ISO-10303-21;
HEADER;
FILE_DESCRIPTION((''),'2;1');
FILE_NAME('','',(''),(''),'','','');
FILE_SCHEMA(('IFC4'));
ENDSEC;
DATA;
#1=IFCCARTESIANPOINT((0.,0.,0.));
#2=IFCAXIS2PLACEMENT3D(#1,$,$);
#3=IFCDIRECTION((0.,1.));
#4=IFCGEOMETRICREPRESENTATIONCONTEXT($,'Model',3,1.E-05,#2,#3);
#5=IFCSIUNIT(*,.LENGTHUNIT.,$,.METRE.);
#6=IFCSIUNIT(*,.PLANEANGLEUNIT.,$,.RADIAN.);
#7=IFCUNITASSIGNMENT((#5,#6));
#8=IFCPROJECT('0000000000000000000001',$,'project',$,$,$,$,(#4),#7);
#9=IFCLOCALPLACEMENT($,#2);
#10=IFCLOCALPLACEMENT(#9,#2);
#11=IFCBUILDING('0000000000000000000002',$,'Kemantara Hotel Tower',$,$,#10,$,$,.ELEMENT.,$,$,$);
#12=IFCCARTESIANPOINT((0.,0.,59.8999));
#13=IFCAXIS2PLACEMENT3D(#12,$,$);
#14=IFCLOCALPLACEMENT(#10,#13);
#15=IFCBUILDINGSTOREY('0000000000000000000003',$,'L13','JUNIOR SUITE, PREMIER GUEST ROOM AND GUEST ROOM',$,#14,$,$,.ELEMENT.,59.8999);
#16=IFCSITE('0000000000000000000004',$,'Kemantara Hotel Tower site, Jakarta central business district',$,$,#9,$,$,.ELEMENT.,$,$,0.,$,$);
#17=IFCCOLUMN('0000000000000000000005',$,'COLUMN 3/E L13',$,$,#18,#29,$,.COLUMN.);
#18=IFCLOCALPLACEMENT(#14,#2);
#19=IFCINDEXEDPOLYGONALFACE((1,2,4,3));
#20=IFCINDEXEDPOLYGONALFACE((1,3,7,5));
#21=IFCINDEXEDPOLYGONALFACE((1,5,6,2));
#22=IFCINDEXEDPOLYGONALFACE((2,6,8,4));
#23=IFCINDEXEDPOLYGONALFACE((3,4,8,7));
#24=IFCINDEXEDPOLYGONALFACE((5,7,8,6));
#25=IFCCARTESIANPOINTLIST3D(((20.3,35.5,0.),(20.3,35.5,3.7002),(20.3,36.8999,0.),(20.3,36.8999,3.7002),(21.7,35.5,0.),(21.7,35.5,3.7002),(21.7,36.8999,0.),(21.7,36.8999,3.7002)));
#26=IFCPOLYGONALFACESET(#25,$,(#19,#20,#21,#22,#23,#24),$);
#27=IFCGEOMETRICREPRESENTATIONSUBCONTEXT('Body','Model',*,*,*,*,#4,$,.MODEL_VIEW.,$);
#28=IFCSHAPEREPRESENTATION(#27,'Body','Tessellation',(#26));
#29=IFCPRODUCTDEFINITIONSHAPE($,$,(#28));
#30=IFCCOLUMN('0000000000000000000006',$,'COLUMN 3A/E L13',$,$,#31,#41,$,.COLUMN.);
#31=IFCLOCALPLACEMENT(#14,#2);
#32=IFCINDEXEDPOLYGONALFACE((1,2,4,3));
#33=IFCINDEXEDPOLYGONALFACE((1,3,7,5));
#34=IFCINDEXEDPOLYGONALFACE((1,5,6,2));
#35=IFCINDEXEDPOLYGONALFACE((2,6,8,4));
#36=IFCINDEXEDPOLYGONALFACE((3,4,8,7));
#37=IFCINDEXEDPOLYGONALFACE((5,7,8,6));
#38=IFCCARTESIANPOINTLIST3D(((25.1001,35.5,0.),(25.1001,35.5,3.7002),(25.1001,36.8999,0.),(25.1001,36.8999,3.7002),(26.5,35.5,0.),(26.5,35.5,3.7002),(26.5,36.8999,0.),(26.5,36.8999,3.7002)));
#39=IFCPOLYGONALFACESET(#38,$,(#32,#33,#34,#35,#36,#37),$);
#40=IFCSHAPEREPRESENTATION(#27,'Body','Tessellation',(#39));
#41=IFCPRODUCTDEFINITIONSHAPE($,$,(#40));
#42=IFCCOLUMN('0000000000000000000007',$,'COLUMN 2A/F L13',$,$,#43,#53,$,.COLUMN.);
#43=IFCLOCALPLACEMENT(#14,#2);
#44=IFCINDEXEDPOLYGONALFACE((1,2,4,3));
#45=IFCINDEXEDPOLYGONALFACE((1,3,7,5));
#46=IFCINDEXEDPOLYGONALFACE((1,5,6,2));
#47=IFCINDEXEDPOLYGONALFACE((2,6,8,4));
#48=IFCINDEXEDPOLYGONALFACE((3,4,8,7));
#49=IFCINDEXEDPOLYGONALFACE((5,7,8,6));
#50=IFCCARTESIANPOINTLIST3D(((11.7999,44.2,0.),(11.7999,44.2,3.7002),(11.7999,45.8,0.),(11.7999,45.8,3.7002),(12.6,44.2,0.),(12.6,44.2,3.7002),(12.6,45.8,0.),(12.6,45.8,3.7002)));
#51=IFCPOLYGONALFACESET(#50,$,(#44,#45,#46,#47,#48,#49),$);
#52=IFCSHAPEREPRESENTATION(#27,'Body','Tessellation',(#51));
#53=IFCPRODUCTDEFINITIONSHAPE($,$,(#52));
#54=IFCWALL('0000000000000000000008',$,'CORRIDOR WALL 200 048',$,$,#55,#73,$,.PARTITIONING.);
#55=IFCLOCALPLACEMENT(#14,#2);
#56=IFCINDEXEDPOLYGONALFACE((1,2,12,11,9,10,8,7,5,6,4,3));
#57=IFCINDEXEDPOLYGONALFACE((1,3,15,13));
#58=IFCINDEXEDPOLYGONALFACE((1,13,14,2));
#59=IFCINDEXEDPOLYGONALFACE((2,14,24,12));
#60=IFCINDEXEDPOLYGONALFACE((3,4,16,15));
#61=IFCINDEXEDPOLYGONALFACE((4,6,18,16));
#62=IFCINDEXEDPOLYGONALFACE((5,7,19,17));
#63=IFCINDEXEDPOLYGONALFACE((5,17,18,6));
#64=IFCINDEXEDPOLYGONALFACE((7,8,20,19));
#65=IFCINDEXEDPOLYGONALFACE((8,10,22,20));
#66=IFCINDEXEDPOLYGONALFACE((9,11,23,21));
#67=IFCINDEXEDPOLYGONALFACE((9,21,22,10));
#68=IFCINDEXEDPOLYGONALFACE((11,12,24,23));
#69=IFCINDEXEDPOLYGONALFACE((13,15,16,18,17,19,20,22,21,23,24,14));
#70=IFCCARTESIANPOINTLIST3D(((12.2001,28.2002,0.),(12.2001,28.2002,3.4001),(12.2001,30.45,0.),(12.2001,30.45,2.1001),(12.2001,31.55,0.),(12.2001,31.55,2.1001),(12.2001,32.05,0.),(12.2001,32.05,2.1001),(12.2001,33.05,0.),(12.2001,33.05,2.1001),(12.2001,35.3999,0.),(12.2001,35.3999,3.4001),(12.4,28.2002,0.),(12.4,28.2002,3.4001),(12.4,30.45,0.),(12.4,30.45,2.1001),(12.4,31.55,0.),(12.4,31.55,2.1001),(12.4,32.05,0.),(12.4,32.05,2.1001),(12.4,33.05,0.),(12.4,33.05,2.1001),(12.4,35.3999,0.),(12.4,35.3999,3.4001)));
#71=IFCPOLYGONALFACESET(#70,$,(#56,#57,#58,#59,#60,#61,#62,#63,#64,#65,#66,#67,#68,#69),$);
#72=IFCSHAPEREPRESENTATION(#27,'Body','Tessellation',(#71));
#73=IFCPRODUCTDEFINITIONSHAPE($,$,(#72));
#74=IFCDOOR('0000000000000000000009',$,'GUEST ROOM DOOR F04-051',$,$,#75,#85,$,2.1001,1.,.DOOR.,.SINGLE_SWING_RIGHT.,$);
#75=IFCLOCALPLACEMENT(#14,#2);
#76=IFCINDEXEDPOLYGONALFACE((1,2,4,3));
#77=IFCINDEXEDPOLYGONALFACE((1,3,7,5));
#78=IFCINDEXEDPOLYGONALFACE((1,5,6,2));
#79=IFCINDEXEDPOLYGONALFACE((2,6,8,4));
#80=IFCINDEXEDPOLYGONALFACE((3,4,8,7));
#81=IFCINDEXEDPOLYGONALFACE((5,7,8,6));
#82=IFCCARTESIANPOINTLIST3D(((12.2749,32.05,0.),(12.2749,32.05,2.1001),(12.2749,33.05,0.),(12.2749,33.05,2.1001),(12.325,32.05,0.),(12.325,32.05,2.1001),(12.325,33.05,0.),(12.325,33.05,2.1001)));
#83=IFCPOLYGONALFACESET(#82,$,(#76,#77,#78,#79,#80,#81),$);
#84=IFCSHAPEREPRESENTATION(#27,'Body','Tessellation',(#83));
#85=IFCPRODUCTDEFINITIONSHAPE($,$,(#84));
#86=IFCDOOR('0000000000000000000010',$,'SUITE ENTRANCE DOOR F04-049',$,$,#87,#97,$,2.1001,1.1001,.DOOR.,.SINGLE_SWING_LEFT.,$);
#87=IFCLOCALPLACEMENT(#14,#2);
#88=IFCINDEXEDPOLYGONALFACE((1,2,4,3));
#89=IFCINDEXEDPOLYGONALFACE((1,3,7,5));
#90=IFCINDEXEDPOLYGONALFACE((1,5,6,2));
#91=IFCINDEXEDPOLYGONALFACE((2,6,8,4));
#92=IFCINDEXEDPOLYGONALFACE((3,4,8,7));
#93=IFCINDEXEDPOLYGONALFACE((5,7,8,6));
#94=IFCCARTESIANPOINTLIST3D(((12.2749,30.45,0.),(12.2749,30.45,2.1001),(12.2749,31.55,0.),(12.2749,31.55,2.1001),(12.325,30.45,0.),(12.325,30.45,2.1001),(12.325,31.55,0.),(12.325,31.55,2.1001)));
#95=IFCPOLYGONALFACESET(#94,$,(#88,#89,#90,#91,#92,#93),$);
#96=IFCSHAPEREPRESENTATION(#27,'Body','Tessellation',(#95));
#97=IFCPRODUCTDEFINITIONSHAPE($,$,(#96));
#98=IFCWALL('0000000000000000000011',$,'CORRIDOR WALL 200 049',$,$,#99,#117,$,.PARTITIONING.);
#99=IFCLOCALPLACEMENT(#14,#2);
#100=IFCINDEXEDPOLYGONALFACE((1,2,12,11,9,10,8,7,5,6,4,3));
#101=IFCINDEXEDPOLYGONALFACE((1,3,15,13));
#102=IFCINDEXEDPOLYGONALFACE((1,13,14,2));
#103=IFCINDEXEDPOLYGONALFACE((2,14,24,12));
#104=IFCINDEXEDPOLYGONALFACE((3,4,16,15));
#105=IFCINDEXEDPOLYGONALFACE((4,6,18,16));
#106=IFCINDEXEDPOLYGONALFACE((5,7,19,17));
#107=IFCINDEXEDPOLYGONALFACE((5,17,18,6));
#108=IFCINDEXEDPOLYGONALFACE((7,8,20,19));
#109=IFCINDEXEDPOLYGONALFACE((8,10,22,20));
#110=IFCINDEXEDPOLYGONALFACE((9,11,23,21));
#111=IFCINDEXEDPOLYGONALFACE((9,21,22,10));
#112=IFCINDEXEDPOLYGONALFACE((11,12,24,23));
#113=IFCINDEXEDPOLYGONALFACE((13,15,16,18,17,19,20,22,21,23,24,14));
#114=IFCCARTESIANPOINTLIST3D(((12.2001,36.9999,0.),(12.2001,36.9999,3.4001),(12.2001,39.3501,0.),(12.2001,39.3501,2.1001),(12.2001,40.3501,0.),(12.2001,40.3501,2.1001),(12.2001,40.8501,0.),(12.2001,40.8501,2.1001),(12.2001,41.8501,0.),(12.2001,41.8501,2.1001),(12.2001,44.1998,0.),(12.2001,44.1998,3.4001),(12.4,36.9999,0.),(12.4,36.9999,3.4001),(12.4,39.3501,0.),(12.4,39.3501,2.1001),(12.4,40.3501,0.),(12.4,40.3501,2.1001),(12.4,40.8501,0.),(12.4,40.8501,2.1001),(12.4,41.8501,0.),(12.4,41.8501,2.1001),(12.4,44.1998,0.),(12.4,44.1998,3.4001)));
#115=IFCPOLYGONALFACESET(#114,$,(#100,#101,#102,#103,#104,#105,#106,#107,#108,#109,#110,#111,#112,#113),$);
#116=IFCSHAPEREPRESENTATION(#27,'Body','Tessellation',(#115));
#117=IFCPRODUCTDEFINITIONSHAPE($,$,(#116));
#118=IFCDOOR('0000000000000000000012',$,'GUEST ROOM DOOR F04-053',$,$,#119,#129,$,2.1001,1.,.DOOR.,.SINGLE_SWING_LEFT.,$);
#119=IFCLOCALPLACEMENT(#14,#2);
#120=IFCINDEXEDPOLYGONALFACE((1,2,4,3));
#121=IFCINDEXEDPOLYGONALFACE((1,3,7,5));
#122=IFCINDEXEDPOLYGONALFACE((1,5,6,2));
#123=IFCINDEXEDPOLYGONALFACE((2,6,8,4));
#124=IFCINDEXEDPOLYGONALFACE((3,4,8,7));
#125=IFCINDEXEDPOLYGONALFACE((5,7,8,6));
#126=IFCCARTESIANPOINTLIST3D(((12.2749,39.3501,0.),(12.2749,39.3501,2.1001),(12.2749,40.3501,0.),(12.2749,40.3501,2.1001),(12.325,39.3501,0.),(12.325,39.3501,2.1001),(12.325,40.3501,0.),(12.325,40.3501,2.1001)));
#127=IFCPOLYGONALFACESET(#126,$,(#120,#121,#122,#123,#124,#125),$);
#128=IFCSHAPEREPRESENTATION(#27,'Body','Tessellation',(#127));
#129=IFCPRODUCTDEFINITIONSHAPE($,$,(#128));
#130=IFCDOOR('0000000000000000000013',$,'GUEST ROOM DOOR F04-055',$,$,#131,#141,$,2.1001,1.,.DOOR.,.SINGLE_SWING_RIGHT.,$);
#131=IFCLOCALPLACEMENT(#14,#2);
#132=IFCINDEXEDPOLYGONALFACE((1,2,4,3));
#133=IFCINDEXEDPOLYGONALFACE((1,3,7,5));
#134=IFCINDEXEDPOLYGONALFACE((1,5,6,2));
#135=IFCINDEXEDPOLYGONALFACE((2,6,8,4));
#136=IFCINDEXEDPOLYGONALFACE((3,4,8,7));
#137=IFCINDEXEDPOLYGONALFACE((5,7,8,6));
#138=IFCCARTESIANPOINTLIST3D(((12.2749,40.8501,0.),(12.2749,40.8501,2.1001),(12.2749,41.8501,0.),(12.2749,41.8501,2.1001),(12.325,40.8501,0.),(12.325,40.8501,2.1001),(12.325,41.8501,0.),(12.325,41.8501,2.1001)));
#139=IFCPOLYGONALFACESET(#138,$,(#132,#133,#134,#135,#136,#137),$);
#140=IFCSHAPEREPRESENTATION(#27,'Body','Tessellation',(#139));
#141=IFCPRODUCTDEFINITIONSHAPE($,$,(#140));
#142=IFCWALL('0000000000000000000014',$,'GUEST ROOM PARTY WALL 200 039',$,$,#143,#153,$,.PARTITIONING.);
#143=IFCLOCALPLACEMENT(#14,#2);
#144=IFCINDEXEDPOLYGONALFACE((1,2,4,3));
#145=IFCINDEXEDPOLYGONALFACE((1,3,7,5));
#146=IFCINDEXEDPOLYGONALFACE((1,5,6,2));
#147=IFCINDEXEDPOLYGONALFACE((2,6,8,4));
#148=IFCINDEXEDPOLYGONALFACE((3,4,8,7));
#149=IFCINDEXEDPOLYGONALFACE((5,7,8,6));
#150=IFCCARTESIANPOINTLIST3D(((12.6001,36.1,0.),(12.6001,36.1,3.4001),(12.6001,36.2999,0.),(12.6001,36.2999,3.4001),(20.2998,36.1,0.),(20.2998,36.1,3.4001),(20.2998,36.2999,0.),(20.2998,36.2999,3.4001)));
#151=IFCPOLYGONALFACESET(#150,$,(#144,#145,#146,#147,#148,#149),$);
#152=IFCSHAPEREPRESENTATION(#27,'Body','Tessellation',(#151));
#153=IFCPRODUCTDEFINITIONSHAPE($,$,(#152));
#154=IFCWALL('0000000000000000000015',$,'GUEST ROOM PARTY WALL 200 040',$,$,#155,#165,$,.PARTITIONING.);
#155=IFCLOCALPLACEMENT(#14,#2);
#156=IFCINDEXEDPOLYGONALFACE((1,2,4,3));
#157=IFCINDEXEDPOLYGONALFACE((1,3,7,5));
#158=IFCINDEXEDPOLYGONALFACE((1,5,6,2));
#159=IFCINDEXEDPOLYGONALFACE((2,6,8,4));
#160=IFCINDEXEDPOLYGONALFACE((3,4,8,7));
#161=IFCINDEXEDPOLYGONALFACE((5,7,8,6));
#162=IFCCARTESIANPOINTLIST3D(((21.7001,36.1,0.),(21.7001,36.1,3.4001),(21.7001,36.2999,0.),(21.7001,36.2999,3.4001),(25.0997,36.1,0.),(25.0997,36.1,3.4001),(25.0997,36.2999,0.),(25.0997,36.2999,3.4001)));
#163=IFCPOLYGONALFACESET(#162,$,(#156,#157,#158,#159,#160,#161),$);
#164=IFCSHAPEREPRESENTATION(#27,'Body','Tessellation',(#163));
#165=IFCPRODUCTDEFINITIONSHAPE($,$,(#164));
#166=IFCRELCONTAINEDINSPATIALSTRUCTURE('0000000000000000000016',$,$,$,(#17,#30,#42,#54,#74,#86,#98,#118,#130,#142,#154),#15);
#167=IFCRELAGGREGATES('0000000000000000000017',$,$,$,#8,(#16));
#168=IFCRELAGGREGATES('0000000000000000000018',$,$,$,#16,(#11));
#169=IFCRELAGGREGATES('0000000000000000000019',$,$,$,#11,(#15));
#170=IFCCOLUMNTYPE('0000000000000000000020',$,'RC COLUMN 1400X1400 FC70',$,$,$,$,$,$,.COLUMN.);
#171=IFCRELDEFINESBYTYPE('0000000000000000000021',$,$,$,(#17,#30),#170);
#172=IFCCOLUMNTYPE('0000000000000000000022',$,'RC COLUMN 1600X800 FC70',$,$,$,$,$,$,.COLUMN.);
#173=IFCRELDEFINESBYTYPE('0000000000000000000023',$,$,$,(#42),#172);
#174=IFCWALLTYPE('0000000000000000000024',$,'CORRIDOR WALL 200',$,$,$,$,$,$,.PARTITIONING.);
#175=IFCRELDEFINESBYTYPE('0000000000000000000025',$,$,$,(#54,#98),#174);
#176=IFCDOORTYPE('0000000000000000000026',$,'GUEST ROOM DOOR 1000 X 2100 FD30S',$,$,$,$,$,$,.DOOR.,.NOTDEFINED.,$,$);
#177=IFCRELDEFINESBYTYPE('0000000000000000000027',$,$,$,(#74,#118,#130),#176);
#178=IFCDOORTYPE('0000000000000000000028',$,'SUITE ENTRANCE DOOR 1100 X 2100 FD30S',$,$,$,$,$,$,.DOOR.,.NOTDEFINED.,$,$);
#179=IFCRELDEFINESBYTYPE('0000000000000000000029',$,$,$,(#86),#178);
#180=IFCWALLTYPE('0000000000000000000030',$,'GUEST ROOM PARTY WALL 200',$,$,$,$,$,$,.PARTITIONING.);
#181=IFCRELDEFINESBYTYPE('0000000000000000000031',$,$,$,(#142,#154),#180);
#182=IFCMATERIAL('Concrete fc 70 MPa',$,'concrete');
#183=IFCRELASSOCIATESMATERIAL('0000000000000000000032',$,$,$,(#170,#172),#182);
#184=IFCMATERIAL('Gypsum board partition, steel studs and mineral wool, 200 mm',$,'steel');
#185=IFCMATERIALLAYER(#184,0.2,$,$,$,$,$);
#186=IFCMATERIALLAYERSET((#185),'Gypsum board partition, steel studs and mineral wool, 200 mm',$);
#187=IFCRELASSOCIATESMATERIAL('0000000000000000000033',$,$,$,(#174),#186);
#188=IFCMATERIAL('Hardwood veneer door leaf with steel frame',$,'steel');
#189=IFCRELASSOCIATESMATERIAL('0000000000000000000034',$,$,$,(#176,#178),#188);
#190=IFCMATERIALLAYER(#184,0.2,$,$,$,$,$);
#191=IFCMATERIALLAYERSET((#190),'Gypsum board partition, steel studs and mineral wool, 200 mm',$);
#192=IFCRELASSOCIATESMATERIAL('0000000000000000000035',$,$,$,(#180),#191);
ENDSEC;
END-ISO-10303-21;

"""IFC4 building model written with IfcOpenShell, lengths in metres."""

from ifc_helpers import new_model, si_unit, direction, frame, frame_2d, origin, origin_2d, place, context, subcontext, project, spatial, rectangle, extrude, material, layer, layer_set, material_profile, profile_set, type_object, element, fill, save


model = new_model("IFC4")

# Units and contexts
model_context = context("Model", 3, precision=1e-05, world=origin(), true_north=direction((0.0, 1.0)))
body_context = subcontext(model_context, "Body", "Model", "MODEL_VIEW")
ifc_project = project(units=[si_unit("LENGTHUNIT", "METRE"), si_unit("PLANEANGLEUNIT", "RADIAN")], contexts=[model_context])

# Site, building, storey
site_placement = place(None, origin())
site = spatial("IfcSite", under=ifc_project, at=site_placement, Name="Kemantara Hotel Tower site, Jakarta central business district", CompositionType="ELEMENT", RefElevation=0.0)
building_placement = place(site_placement, origin())
building = spatial("IfcBuilding", under=site, at=building_placement, Name="Kemantara Hotel Tower", CompositionType="ELEMENT")
storey_placement = place(building_placement, frame((0.0, 0.0, 59.8999)))
storey = spatial("IfcBuildingStorey", under=building, at=storey_placement, Name="L13", Description="JUNIOR SUITE, PREMIER GUEST ROOM AND GUEST ROOM", CompositionType="ELEMENT", Elevation=59.8999)

# Columns
ifc_material_1 = material(Name="Concrete fc 70 MPa", Category="concrete")
ifc_material_profile_1 = material_profile(ifc_material_1, rectangle(XDim=1.3999, YDim=1.3999, at=origin_2d()), Name="RC 1400X1400")
ifc_profile_set_1 = profile_set([ifc_material_profile_1], Name="Concrete fc 70 MPa")
column_type_1 = type_object("IfcColumnType", Name="RC COLUMN 1400X1400 FC70", PredefinedType="COLUMN", material=ifc_profile_set_1)
for number, where, z_axis, x_axis, name in (
    (1, (21.0, 36.2, 0.0), (0.0, 0.0, 1.0), (1.0, 0.0, 0.0), "COLUMN 3/E L13"),
    (2, (25.8, 36.2, 0.0), (0.0, 0.0, 1.0), (1.0, 0.0, 0.0), "COLUMN 3A/E L13"),
):
    element("IfcColumn", number, at=place(storey_placement, frame(where, z_axis=z_axis, x_axis=x_axis)), inside=storey, type_object=column_type_1, Name=name, PredefinedType="COLUMN", context=body_context, shape_type="SweptSolid", body=[
        extrude(rectangle(XDim=1.3999, YDim=1.3999, at=origin_2d()), origin(), (0.0, 0.0, 1.0), 3.7002),
    ])
ifc_material_profile_2 = material_profile(ifc_material_1, rectangle(XDim=1.6001, YDim=0.8, at=origin_2d()), Name="RC 1600X800")
ifc_profile_set_2 = profile_set([ifc_material_profile_2], Name="Concrete fc 70 MPa")
column_type_2 = type_object("IfcColumnType", Name="RC COLUMN 1600X800 FC70", PredefinedType="COLUMN", material=ifc_profile_set_2)
column_placement = place(storey_placement, frame((12.2, 45.0, 0.0), z_axis=(0.0, 0.0, 1.0), x_axis=(0.0, 1.0, 0.0)))
element("IfcColumn", 3, at=column_placement, inside=storey, type_object=column_type_2, Name="COLUMN 2A/F L13", PredefinedType="COLUMN", context=body_context, shape_type="SweptSolid", body=[
    extrude(rectangle(XDim=1.6001, YDim=0.8, at=origin_2d()), origin(), (0.0, 0.0, 1.0), 3.7002),
])

# Walls, openings, doors
ifc_material_2 = material(Name="Gypsum board partition, steel studs and mineral wool, 200 mm", Category="steel")
ifc_layer_1 = layer(ifc_material_2, 0.2)
ifc_layer_set_1 = layer_set([ifc_layer_1], Name="Gypsum board partition, steel studs and mineral wool, 200 mm")
wall_type_1 = type_object("IfcWallType", Name="CORRIDOR WALL 200", PredefinedType="PARTITIONING", material=ifc_layer_set_1)
wall_1_placement = place(storey_placement, frame((12.3, 35.3999, 0.0), z_axis=(0.0, 0.0, 1.0), x_axis=(0.0, -1.0, 0.0)))
wall_1 = element("IfcWall", 4, at=wall_1_placement, inside=storey, type_object=wall_type_1, Name="CORRIDOR WALL 200 048", PredefinedType="PARTITIONING", context=body_context, shape_type="SweptSolid", body=[
    extrude(rectangle(XDim=7.1997, YDim=0.2, at=frame_2d((3.5999, 0.0))), origin(), (0.0, 0.0, 1.0), 3.4001),
])
opening_1_placement = place(wall_1_placement, frame((3.8499, 0.0, 0.0)))
opening_1 = element("IfcOpeningElement", 5, at=opening_1_placement, cuts=wall_1, PredefinedType="OPENING", context=body_context, shape_type="SweptSolid", body=[
    extrude(rectangle(XDim=1.1001, YDim=2.1001, at=frame_2d((0.55, 1.05))), frame((0.0, 0.1099, 0.0), z_axis=(0.0, -1.0, 0.0), x_axis=(1.0, 0.0, 0.0)), (0.0, 0.0, 1.0), 0.22),
])
opening_2_placement = place(wall_1_placement, frame((2.3499, 0.0, 0.0)))
opening_2 = element("IfcOpeningElement", 6, at=opening_2_placement, cuts=wall_1, PredefinedType="OPENING", context=body_context, shape_type="SweptSolid", body=[
    extrude(rectangle(XDim=1.0, YDim=2.1001, at=frame_2d((0.5, 1.05))), frame((0.0, 0.1099, 0.0), z_axis=(0.0, -1.0, 0.0), x_axis=(1.0, 0.0, 0.0)), (0.0, 0.0, 1.0), 0.22),
])
ifc_material_3 = material(Name="Hardwood veneer door leaf with steel frame", Category="steel")
door_type_1 = type_object("IfcDoorType", Name="GUEST ROOM DOOR 1000 X 2100 FD30S", OperationType="NOTDEFINED", PredefinedType="DOOR", material=ifc_material_3)
door_1_placement = place(opening_2_placement, origin())
door_1 = element("IfcDoor", 7, at=door_1_placement, inside=storey, type_object=door_type_1, Name="GUEST ROOM DOOR F04-051", OperationType="SINGLE_SWING_RIGHT", OverallHeight=2.1001, OverallWidth=1.0, PredefinedType="DOOR", context=body_context, shape_type="SweptSolid", body=[
    extrude(rectangle(XDim=1.0, YDim=2.1001, at=frame_2d((0.5, 1.05))), frame((0.0, 0.0249, 0.0), z_axis=(0.0, -1.0, 0.0), x_axis=(1.0, 0.0, 0.0)), (0.0, 0.0, 1.0), 0.05),
])
fill(opening_2, door_1)
door_type_2 = type_object("IfcDoorType", Name="SUITE ENTRANCE DOOR 1100 X 2100 FD30S", OperationType="NOTDEFINED", PredefinedType="DOOR", material=ifc_material_3)
door_2_placement = place(opening_1_placement, origin())
door_2 = element("IfcDoor", 8, at=door_2_placement, inside=storey, type_object=door_type_2, Name="SUITE ENTRANCE DOOR F04-049", OperationType="SINGLE_SWING_LEFT", OverallHeight=2.1001, OverallWidth=1.1001, PredefinedType="DOOR", context=body_context, shape_type="SweptSolid", body=[
    extrude(rectangle(XDim=1.1001, YDim=2.1001, at=frame_2d((0.55, 1.05))), frame((0.0, 0.0249, 0.0), z_axis=(0.0, -1.0, 0.0), x_axis=(1.0, 0.0, 0.0)), (0.0, 0.0, 1.0), 0.05),
])
fill(opening_1, door_2)
wall_2_placement = place(storey_placement, frame((12.3, 44.2, 0.0), z_axis=(0.0, 0.0, 1.0), x_axis=(0.0, -1.0, 0.0)))
wall_2 = element("IfcWall", 9, at=wall_2_placement, inside=storey, type_object=wall_type_1, Name="CORRIDOR WALL 200 049", PredefinedType="PARTITIONING", context=body_context, shape_type="SweptSolid", body=[
    extrude(rectangle(XDim=7.2, YDim=0.2, at=frame_2d((3.6001, 0.0))), origin(), (0.0, 0.0, 1.0), 3.4001),
])
opening_3_placement = place(wall_2_placement, frame((3.8499, 0.0, 0.0)))
opening_3 = element("IfcOpeningElement", 10, at=opening_3_placement, cuts=wall_2, PredefinedType="OPENING", context=body_context, shape_type="SweptSolid", body=[
    extrude(rectangle(XDim=1.0, YDim=2.1001, at=frame_2d((0.5, 1.05))), frame((0.0, 0.1099, 0.0), z_axis=(0.0, -1.0, 0.0), x_axis=(1.0, 0.0, 0.0)), (0.0, 0.0, 1.0), 0.22),
])
opening_4_placement = place(wall_2_placement, frame((2.3499, 0.0, 0.0)))
opening_4 = element("IfcOpeningElement", 11, at=opening_4_placement, cuts=wall_2, PredefinedType="OPENING", context=body_context, shape_type="SweptSolid", body=[
    extrude(rectangle(XDim=1.0, YDim=2.1001, at=frame_2d((0.5, 1.05))), frame((0.0, 0.1099, 0.0), z_axis=(0.0, -1.0, 0.0), x_axis=(1.0, 0.0, 0.0)), (0.0, 0.0, 1.0), 0.22),
])
door_3_placement = place(opening_3_placement, origin())
door_3 = element("IfcDoor", 12, at=door_3_placement, inside=storey, type_object=door_type_1, Name="GUEST ROOM DOOR F04-053", OperationType="SINGLE_SWING_LEFT", OverallHeight=2.1001, OverallWidth=1.0, PredefinedType="DOOR", context=body_context, shape_type="SweptSolid", body=[
    extrude(rectangle(XDim=1.0, YDim=2.1001, at=frame_2d((0.5, 1.05))), frame((0.0, 0.0249, 0.0), z_axis=(0.0, -1.0, 0.0), x_axis=(1.0, 0.0, 0.0)), (0.0, 0.0, 1.0), 0.05),
])
fill(opening_3, door_3)
door_4_placement = place(opening_4_placement, origin())
door_4 = element("IfcDoor", 13, at=door_4_placement, inside=storey, type_object=door_type_1, Name="GUEST ROOM DOOR F04-055", OperationType="SINGLE_SWING_RIGHT", OverallHeight=2.1001, OverallWidth=1.0, PredefinedType="DOOR", context=body_context, shape_type="SweptSolid", body=[
    extrude(rectangle(XDim=1.0, YDim=2.1001, at=frame_2d((0.5, 1.05))), frame((0.0, 0.0249, 0.0), z_axis=(0.0, -1.0, 0.0), x_axis=(1.0, 0.0, 0.0)), (0.0, 0.0, 1.0), 0.05),
])
fill(opening_4, door_4)

# Walls
ifc_layer_2 = layer(ifc_material_2, 0.2)
ifc_layer_set_2 = layer_set([ifc_layer_2], Name="Gypsum board partition, steel studs and mineral wool, 200 mm")
wall_type_2 = type_object("IfcWallType", Name="GUEST ROOM PARTY WALL 200", PredefinedType="PARTITIONING", material=ifc_layer_set_2)
wall_3_placement = place(storey_placement, frame((12.6001, 36.2, 0.0), z_axis=(0.0, 0.0, 1.0), x_axis=(1.0, 0.0, 0.0)))
element("IfcWall", 14, at=wall_3_placement, inside=storey, type_object=wall_type_2, Name="GUEST ROOM PARTY WALL 200 039", PredefinedType="PARTITIONING", context=body_context, shape_type="SweptSolid", body=[
    extrude(rectangle(XDim=7.6997, YDim=0.2, at=frame_2d((3.8499, 0.0))), origin(), (0.0, 0.0, 1.0), 3.4001),
])
wall_4_placement = place(storey_placement, frame((21.7002, 36.2, 0.0), z_axis=(0.0, 0.0, 1.0), x_axis=(1.0, 0.0, 0.0)))
element("IfcWall", 15, at=wall_4_placement, inside=storey, type_object=wall_type_2, Name="GUEST ROOM PARTY WALL 200 040", PredefinedType="PARTITIONING", context=body_context, shape_type="SweptSolid", body=[
    extrude(rectangle(XDim=3.3997, YDim=0.2, at=frame_2d((1.6997, 0.0))), origin(), (0.0, 0.0, 1.0), 3.4001),
])

save(model, "model.ifc")
